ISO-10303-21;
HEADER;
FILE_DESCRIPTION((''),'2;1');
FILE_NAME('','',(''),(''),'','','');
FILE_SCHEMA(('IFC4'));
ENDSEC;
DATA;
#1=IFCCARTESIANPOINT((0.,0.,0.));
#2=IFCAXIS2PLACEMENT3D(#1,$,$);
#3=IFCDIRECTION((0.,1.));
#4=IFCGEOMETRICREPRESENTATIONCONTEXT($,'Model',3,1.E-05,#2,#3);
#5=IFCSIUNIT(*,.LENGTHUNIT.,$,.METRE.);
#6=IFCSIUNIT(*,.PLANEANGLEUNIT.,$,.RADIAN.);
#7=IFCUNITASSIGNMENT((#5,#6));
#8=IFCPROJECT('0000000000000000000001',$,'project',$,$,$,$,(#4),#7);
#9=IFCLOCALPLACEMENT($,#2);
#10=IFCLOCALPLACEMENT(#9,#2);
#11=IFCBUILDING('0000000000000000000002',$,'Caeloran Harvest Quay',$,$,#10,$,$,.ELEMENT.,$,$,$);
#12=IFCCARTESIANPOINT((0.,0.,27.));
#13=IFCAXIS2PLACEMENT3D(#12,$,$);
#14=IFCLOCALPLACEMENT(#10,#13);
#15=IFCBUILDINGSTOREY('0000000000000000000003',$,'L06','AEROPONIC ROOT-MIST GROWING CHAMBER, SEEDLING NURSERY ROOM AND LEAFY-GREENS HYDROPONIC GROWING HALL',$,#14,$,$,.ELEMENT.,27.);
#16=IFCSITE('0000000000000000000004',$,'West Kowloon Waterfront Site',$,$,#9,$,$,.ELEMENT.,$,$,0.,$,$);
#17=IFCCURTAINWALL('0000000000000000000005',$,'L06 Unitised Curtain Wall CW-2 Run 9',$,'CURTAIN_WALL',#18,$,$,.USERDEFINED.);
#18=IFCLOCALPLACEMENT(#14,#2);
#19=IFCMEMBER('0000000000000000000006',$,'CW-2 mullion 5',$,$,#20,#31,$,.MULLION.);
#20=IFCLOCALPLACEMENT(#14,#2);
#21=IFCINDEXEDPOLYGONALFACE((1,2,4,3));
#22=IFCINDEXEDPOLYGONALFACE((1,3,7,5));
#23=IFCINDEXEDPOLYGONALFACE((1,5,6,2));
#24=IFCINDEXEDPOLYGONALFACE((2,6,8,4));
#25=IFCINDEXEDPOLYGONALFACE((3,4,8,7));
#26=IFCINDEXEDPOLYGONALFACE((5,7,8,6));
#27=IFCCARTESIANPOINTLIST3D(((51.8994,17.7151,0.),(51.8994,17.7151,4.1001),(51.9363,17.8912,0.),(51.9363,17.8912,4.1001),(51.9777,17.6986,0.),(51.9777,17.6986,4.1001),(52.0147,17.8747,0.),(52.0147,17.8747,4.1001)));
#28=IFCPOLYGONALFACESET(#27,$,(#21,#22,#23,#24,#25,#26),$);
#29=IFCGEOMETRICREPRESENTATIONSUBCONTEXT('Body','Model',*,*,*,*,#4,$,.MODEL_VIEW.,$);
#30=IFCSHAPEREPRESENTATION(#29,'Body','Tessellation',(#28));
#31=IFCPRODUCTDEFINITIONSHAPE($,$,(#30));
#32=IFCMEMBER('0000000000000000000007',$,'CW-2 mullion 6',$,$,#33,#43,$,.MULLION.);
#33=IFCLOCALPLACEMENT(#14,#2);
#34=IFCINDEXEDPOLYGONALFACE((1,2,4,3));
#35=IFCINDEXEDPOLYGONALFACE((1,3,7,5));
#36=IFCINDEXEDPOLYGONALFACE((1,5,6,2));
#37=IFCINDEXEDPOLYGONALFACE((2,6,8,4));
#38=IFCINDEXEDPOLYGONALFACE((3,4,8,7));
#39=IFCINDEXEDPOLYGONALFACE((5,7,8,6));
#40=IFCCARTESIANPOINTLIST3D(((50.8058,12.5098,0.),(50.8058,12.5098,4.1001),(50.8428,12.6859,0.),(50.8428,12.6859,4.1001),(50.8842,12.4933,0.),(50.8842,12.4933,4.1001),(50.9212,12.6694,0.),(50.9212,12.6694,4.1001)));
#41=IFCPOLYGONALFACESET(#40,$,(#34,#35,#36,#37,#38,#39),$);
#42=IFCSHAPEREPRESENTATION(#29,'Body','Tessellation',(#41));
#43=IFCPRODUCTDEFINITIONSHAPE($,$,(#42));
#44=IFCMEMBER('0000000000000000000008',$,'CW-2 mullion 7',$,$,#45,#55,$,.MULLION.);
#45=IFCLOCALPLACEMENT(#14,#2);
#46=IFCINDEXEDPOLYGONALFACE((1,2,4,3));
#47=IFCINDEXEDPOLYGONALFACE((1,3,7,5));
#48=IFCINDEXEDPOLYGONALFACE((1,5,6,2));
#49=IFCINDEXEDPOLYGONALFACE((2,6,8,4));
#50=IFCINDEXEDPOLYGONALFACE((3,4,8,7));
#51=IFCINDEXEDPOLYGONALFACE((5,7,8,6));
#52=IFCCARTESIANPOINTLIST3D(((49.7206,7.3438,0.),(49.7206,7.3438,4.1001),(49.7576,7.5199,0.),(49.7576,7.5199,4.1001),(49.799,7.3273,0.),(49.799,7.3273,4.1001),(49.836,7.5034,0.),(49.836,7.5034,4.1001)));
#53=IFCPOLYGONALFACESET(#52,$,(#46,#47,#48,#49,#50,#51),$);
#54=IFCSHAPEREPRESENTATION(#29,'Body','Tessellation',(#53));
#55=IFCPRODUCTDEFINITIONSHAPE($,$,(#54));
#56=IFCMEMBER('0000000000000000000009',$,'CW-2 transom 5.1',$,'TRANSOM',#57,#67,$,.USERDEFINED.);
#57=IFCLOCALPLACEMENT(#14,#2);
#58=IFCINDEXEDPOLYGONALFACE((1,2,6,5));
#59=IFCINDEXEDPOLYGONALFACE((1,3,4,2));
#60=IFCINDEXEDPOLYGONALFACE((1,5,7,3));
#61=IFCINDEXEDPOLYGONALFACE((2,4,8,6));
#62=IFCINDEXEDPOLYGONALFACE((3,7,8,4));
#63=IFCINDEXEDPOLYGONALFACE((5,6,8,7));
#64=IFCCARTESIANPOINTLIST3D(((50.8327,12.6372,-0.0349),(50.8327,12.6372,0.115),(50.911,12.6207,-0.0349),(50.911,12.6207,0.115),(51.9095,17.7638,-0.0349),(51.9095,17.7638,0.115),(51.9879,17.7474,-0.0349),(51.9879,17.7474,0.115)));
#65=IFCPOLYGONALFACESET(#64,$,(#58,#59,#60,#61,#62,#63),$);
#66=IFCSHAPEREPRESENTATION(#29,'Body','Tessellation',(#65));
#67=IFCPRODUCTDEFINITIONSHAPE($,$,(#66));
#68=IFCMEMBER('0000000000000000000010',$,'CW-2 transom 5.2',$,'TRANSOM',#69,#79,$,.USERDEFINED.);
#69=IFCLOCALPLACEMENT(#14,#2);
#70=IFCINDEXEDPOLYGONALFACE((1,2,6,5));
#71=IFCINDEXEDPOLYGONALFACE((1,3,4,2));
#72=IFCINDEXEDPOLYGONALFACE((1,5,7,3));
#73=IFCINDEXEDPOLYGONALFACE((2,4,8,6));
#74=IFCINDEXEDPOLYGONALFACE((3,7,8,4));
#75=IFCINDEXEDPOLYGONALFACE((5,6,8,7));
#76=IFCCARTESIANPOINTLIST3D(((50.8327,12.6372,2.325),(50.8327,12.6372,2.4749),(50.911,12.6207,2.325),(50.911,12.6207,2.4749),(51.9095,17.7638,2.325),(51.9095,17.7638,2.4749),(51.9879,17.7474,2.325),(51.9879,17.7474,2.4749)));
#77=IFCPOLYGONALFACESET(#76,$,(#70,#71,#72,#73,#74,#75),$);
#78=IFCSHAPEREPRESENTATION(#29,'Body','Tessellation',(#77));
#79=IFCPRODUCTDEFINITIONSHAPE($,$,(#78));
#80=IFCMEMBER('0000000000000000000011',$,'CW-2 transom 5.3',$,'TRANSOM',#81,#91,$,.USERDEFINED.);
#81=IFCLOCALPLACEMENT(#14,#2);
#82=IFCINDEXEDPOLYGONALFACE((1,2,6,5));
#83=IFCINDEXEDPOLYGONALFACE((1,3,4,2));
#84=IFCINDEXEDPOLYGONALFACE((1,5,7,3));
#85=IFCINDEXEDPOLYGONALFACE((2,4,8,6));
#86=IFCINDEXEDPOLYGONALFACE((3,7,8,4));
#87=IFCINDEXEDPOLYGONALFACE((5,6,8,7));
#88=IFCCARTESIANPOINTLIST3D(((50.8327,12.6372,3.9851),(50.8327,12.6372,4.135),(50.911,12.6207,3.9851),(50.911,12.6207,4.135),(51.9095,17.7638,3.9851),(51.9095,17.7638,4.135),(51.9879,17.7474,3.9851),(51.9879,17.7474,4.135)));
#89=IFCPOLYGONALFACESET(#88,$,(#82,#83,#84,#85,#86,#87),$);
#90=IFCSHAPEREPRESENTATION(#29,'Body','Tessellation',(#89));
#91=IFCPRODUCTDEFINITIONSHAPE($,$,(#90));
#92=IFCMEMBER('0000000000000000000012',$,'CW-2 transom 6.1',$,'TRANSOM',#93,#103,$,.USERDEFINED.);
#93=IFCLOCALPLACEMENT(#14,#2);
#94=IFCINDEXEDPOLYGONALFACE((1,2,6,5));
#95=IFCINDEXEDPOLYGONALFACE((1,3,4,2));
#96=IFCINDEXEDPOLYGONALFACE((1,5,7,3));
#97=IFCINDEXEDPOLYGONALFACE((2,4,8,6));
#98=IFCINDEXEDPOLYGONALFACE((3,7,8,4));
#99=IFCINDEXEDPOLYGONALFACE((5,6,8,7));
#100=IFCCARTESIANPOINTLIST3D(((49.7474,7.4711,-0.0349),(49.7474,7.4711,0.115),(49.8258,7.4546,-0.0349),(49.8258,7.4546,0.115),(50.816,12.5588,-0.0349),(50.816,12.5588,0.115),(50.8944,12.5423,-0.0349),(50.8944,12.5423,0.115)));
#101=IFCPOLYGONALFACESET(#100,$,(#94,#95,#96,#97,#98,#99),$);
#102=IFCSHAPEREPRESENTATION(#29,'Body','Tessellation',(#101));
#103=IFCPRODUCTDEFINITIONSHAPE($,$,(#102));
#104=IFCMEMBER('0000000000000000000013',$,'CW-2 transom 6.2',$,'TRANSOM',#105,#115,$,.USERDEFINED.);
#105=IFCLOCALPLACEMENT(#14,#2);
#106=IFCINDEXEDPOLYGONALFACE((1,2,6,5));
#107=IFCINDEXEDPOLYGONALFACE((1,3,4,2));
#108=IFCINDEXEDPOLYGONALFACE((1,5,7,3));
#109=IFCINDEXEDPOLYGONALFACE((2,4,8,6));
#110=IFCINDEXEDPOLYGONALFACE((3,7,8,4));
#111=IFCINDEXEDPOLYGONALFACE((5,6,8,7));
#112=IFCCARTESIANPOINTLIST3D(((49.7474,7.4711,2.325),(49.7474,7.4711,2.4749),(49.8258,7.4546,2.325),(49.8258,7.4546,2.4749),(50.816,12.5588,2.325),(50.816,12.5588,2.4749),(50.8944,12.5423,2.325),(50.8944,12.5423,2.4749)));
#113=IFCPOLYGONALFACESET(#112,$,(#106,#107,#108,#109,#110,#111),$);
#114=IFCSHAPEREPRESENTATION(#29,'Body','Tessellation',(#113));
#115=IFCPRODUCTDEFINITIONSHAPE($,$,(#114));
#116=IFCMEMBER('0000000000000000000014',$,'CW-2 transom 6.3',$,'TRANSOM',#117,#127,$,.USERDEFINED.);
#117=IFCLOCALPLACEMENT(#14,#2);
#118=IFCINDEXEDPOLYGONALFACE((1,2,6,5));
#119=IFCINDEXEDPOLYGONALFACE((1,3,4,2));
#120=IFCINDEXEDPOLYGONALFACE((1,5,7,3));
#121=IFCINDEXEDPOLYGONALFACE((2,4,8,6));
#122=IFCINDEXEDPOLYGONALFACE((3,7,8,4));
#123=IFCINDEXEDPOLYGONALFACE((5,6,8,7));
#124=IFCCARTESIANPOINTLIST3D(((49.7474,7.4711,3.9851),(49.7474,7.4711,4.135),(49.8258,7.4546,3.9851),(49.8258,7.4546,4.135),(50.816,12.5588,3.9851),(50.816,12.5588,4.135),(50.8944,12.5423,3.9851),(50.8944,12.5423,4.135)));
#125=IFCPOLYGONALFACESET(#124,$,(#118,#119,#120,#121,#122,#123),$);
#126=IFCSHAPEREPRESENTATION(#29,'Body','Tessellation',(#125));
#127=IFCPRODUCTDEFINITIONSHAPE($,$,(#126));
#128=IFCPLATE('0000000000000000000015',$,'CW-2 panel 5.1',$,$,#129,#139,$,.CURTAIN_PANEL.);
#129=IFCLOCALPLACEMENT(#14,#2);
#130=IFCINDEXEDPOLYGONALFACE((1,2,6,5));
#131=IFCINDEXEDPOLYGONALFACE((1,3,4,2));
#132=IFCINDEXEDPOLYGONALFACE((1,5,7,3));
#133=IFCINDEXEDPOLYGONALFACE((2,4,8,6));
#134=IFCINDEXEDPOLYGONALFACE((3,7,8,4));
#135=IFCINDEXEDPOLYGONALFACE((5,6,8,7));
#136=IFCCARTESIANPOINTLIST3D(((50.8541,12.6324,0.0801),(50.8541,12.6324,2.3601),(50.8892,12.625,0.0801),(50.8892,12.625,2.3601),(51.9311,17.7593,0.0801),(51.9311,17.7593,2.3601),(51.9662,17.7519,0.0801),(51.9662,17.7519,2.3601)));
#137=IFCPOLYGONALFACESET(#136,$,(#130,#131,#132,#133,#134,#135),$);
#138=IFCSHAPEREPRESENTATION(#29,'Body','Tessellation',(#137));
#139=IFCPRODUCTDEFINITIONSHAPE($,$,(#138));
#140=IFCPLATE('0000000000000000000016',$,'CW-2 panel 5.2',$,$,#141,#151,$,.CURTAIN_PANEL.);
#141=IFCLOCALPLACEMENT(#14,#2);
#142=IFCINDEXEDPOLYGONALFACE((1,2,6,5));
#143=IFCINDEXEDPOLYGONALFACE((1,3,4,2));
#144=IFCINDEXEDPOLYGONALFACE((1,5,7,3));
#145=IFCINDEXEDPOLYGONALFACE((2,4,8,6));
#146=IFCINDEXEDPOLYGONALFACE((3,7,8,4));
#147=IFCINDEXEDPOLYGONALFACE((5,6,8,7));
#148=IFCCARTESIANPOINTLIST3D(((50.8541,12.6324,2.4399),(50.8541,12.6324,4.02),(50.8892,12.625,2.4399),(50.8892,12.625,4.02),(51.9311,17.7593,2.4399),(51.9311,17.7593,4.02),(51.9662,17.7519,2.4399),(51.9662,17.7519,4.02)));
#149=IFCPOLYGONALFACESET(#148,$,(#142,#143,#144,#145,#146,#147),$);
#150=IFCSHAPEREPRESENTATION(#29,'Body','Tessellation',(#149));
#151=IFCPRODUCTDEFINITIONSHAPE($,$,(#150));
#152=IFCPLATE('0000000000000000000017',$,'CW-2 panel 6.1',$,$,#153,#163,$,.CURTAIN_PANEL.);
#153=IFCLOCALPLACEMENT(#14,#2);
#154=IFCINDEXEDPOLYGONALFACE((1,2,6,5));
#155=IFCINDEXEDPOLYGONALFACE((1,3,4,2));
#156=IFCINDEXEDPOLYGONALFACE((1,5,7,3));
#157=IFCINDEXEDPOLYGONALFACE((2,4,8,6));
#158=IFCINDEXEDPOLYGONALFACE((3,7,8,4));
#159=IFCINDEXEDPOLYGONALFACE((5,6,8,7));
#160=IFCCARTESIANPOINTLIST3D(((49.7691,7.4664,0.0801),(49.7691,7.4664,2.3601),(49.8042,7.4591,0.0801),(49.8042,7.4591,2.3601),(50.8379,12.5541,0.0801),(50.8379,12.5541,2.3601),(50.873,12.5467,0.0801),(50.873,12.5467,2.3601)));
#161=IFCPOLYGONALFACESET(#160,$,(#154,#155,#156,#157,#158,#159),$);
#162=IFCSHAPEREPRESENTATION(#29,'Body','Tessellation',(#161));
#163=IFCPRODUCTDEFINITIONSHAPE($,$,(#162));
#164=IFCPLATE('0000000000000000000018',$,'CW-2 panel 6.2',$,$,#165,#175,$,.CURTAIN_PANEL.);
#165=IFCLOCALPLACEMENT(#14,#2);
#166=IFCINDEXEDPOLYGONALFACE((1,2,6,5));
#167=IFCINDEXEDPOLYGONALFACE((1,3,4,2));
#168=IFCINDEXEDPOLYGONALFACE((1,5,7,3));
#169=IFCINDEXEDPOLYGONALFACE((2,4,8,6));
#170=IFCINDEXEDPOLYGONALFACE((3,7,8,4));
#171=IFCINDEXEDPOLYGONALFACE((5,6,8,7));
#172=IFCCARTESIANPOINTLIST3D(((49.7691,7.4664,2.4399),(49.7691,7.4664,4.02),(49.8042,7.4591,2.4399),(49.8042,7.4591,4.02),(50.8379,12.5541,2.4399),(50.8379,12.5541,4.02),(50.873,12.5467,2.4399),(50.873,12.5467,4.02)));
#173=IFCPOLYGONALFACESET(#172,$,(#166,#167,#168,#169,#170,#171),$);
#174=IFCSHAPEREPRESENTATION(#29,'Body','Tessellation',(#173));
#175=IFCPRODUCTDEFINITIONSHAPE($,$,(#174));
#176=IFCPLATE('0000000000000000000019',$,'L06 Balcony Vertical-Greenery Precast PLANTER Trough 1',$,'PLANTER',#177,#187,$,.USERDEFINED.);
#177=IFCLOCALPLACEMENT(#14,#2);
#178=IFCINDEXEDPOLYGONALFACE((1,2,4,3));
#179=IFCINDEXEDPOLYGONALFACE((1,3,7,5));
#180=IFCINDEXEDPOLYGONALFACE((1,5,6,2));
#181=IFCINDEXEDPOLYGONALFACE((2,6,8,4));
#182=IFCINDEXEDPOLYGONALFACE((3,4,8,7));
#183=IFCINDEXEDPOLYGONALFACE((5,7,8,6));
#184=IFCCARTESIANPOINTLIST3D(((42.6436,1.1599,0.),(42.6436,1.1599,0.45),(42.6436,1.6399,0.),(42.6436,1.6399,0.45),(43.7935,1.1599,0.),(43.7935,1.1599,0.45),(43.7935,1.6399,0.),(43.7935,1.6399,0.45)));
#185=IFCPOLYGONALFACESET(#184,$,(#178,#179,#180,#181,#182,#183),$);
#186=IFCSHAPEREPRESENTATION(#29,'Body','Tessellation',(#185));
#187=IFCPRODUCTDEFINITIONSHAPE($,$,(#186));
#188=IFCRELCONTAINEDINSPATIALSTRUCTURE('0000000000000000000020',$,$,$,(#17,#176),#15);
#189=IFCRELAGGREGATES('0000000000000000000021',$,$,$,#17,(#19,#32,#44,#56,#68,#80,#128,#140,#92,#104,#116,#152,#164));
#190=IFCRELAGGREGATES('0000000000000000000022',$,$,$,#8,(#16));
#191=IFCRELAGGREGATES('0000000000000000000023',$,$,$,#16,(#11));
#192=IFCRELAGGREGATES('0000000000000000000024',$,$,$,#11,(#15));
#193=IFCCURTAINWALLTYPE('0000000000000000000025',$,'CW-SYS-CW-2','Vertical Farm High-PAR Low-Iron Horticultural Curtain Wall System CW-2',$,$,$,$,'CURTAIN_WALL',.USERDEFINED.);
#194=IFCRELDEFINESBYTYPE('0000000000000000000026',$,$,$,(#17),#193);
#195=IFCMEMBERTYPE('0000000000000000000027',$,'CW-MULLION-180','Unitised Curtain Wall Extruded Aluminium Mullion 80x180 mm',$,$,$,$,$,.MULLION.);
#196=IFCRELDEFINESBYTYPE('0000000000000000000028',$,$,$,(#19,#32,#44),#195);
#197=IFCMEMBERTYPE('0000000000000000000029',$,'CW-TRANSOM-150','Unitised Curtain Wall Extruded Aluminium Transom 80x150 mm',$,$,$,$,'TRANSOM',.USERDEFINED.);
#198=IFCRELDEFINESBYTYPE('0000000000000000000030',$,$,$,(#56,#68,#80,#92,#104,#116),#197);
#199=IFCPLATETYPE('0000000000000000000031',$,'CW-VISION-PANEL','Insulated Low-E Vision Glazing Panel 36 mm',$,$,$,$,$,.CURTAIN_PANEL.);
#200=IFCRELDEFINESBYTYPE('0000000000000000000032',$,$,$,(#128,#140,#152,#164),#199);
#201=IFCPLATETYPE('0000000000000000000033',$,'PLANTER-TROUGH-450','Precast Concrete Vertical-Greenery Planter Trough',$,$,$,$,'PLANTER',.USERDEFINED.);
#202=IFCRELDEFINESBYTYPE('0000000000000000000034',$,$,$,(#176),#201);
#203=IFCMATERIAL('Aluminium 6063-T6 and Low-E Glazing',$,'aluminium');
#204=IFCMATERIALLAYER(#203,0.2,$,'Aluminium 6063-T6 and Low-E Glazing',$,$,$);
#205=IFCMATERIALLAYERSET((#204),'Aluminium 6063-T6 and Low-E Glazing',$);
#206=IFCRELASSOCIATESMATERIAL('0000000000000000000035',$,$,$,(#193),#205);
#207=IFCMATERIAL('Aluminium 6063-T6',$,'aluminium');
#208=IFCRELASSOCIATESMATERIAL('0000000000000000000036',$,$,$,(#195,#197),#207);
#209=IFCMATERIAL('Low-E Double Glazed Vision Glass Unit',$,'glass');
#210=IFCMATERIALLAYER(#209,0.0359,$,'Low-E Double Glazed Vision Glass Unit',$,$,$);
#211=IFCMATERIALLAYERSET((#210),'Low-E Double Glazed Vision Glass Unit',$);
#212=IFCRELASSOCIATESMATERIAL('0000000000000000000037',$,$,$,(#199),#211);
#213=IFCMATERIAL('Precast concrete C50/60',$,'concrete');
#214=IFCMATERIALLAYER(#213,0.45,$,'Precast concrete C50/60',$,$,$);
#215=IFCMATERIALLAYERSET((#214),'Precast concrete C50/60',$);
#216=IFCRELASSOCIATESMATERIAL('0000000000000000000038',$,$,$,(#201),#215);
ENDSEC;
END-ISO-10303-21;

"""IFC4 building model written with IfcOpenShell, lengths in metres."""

from ifc_helpers import new_model, si_unit, direction, frame, origin, origin_2d, place, context, subcontext, project, spatial, rectangle, extrude, material, layer, layer_set, material_profile, profile_set, type_object, element, aggregate, save


model = new_model("IFC4")

# Units and contexts
model_context = context("Model", 3, precision=1e-05, world=origin(), true_north=direction((0.0, 1.0)))
body_context = subcontext(model_context, "Body", "Model", "MODEL_VIEW")
ifc_project = project(units=[si_unit("LENGTHUNIT", "METRE"), si_unit("PLANEANGLEUNIT", "RADIAN")], contexts=[model_context])

# Site, building, storey
site_placement = place(None, origin())
site = spatial("IfcSite", under=ifc_project, at=site_placement, Name="West Kowloon Waterfront Site", CompositionType="ELEMENT", RefElevation=0.0)
building_placement = place(site_placement, origin())
building = spatial("IfcBuilding", under=site, at=building_placement, Name="Caeloran Harvest Quay", CompositionType="ELEMENT")
storey_placement = place(building_placement, frame((0.0, 0.0, 27.0)))
storey = spatial("IfcBuildingStorey", under=building, at=storey_placement, Name="L06", Description="AEROPONIC ROOT-MIST GROWING CHAMBER, SEEDLING NURSERY ROOM AND LEAFY-GREENS HYDROPONIC GROWING HALL", CompositionType="ELEMENT", Elevation=27.0)

# Curtain wall, members, plates
ifc_material_1 = material(Name="Aluminium 6063-T6 and Low-E Glazing", Category="aluminium")
ifc_layer_1 = layer(ifc_material_1, 0.2, Name="Aluminium 6063-T6 and Low-E Glazing")
ifc_layer_set_1 = layer_set([ifc_layer_1], Name="Aluminium 6063-T6 and Low-E Glazing")
curtain_wall_type = type_object("IfcCurtainWallType", Name="CW-SYS-CW-2", Description="Vertical Farm High-PAR Low-Iron Horticultural Curtain Wall System CW-2", ElementType="CURTAIN_WALL", PredefinedType="USERDEFINED", material=ifc_layer_set_1)
curtain_wall_placement = place(storey_placement, origin())
curtain_wall = element("IfcCurtainWall", 1, at=curtain_wall_placement, inside=storey, type_object=curtain_wall_type, Name="L06 Unitised Curtain Wall CW-2 Run 9", ObjectType="CURTAIN_WALL", PredefinedType="USERDEFINED")
ifc_material_2 = material(Name="Aluminium 6063-T6", Category="aluminium")
ifc_material_profile_1 = material_profile(ifc_material_2, rectangle(XDim=0.0801, YDim=0.1799, at=origin_2d()), Name="CW-MULLION-180")
ifc_profile_set_1 = profile_set([ifc_material_profile_1], Name="Aluminium 6063-T6")
member_type_1 = type_object("IfcMemberType", Name="CW-MULLION-180", Description="Unitised Curtain Wall Extruded Aluminium Mullion 80x180 mm", PredefinedType="MULLION", material=ifc_profile_set_1)
member_1_placement = place(storey_placement, frame((51.957, 17.7949, 0.0), z_axis=(0.0, 0.0, 1.0), x_axis=(0.97864, -0.205583, 0.0)))
member_1 = element("IfcMember", 2, at=member_1_placement, type_object=member_type_1, Name="CW-2 mullion 5", PredefinedType="MULLION", context=body_context, shape_type="SweptSolid", body=[
    extrude(rectangle(XDim=0.0801, YDim=0.1799, at=origin_2d()), origin(), (0.0, 0.0, 1.0), 4.1001),
])
member_2_placement = place(storey_placement, frame((50.8635, 12.5896, 0.0), z_axis=(0.0, 0.0, 1.0), x_axis=(0.97864, -0.205583, 0.0)))
member_2 = element("IfcMember", 3, at=member_2_placement, type_object=member_type_1, Name="CW-2 mullion 6", PredefinedType="MULLION", context=body_context, shape_type="SweptSolid", body=[
    extrude(rectangle(XDim=0.0801, YDim=0.1799, at=origin_2d()), origin(), (0.0, 0.0, 1.0), 4.1001),
])
member_3_placement = place(storey_placement, frame((49.7783, 7.4236, 0.0), z_axis=(0.0, 0.0, 1.0), x_axis=(0.97864, -0.205583, 0.0)))
member_3 = element("IfcMember", 4, at=member_3_placement, type_object=member_type_1, Name="CW-2 mullion 7", PredefinedType="MULLION", context=body_context, shape_type="SweptSolid", body=[
    extrude(rectangle(XDim=0.0801, YDim=0.1799, at=origin_2d()), origin(), (0.0, 0.0, 1.0), 4.1001),
])
ifc_material_profile_2 = material_profile(ifc_material_2, rectangle(XDim=0.0801, YDim=0.1499, at=origin_2d()), Name="CW-TRANSOM-150")
ifc_profile_set_2 = profile_set([ifc_material_profile_2], Name="Aluminium 6063-T6")
member_type_2 = type_object("IfcMemberType", Name="CW-TRANSOM-150", Description="Unitised Curtain Wall Extruded Aluminium Transom 80x150 mm", ElementType="TRANSOM", PredefinedType="USERDEFINED", material=ifc_profile_set_2)
member_4_placement = place(storey_placement, frame((51.9487, 17.7556, 0.04), z_axis=(-0.205571, -0.978642, 0.0), x_axis=(0.978642, -0.205571, 0.0)))
member_4 = element("IfcMember", 5, at=member_4_placement, type_object=member_type_2, Name="CW-2 transom 5.1", ObjectType="TRANSOM", PredefinedType="USERDEFINED", context=body_context, shape_type="SweptSolid", body=[
    extrude(rectangle(XDim=0.0801, YDim=0.1499, at=origin_2d()), origin(), (0.0, 0.0, 1.0), 5.2385),
])
member_5_placement = place(storey_placement, frame((51.9487, 17.7556, 2.3999), z_axis=(-0.205571, -0.978642, 0.0), x_axis=(0.978642, -0.205571, 0.0)))
member_5 = element("IfcMember", 6, at=member_5_placement, type_object=member_type_2, Name="CW-2 transom 5.2", ObjectType="TRANSOM", PredefinedType="USERDEFINED", context=body_context, shape_type="SweptSolid", body=[
    extrude(rectangle(XDim=0.0801, YDim=0.1499, at=origin_2d()), origin(), (0.0, 0.0, 1.0), 5.2385),
])
member_6_placement = place(storey_placement, frame((51.9487, 17.7556, 4.0601), z_axis=(-0.205571, -0.978642, 0.0), x_axis=(0.978642, -0.205571, 0.0)))
member_6 = element("IfcMember", 7, at=member_6_placement, type_object=member_type_2, Name="CW-2 transom 5.3", ObjectType="TRANSOM", PredefinedType="USERDEFINED", context=body_context, shape_type="SweptSolid", body=[
    extrude(rectangle(XDim=0.0801, YDim=0.1499, at=origin_2d()), origin(), (0.0, 0.0, 1.0), 5.2385),
])
member_7_placement = place(storey_placement, frame((50.8552, 12.5505, 0.04), z_axis=(-0.205554, -0.978646, 0.0), x_axis=(0.978646, -0.205554, 0.0)))
member_7 = element("IfcMember", 8, at=member_7_placement, type_object=member_type_2, Name="CW-2 transom 6.1", ObjectType="TRANSOM", PredefinedType="USERDEFINED", context=body_context, shape_type="SweptSolid", body=[
    extrude(rectangle(XDim=0.0801, YDim=0.1499, at=origin_2d()), origin(), (0.0, 0.0, 1.0), 5.1987),
])
member_8_placement = place(storey_placement, frame((50.8552, 12.5505, 2.3999), z_axis=(-0.205554, -0.978646, 0.0), x_axis=(0.978646, -0.205554, 0.0)))
member_8 = element("IfcMember", 9, at=member_8_placement, type_object=member_type_2, Name="CW-2 transom 6.2", ObjectType="TRANSOM", PredefinedType="USERDEFINED", context=body_context, shape_type="SweptSolid", body=[
    extrude(rectangle(XDim=0.0801, YDim=0.1499, at=origin_2d()), origin(), (0.0, 0.0, 1.0), 5.1987),
])
member_9_placement = place(storey_placement, frame((50.8552, 12.5505, 4.0601), z_axis=(-0.205554, -0.978646, 0.0), x_axis=(0.978646, -0.205554, 0.0)))
member_9 = element("IfcMember", 10, at=member_9_placement, type_object=member_type_2, Name="CW-2 transom 6.3", ObjectType="TRANSOM", PredefinedType="USERDEFINED", context=body_context, shape_type="SweptSolid", body=[
    extrude(rectangle(XDim=0.0801, YDim=0.1499, at=origin_2d()), origin(), (0.0, 0.0, 1.0), 5.1987),
])
ifc_material_3 = material(Name="Low-E Double Glazed Vision Glass Unit", Category="glass")
ifc_layer_2 = layer(ifc_material_3, 0.0359, Name="Low-E Double Glazed Vision Glass Unit")
ifc_layer_set_2 = layer_set([ifc_layer_2], Name="Low-E Double Glazed Vision Glass Unit")
plate_type_1 = type_object("IfcPlateType", Name="CW-VISION-PANEL", Description="Insulated Low-E Vision Glazing Panel 36 mm", PredefinedType="CURTAIN_PANEL", material=ifc_layer_set_2)
plate_1_placement = place(storey_placement, frame((51.4102, 15.1921, 0.0801), z_axis=(0.0, 0.0, 1.0), x_axis=(-0.205583, -0.97864, 0.0)))
plate_1 = element("IfcPlate", 11, at=plate_1_placement, type_object=plate_type_1, Name="CW-2 panel 5.1", PredefinedType="CURTAIN_PANEL", context=body_context, shape_type="SweptSolid", body=[
    extrude(rectangle(XDim=5.2388, YDim=0.0359, at=origin_2d()), origin(), (0.0, 0.0, 1.0), 2.28),
])
plate_2_placement = place(storey_placement, frame((51.4102, 15.1921, 2.4399), z_axis=(0.0, 0.0, 1.0), x_axis=(-0.205583, -0.97864, 0.0)))
plate_2 = element("IfcPlate", 12, at=plate_2_placement, type_object=plate_type_1, Name="CW-2 panel 5.2", PredefinedType="CURTAIN_PANEL", context=body_context, shape_type="SweptSolid", body=[
    extrude(rectangle(XDim=5.2388, YDim=0.0359, at=origin_2d()), origin(), (0.0, 0.0, 1.0), 1.5801),
])
plate_3_placement = place(storey_placement, frame((50.321, 10.0066, 0.0801), z_axis=(0.0, 0.0, 1.0), x_axis=(-0.205583, -0.97864, 0.0)))
plate_3 = element("IfcPlate", 13, at=plate_3_placement, type_object=plate_type_1, Name="CW-2 panel 6.1", PredefinedType="CURTAIN_PANEL", context=body_context, shape_type="SweptSolid", body=[
    extrude(rectangle(XDim=5.1987, YDim=0.0359, at=origin_2d()), origin(), (0.0, 0.0, 1.0), 2.28),
])
plate_4_placement = place(storey_placement, frame((50.321, 10.0066, 2.4399), z_axis=(0.0, 0.0, 1.0), x_axis=(-0.205583, -0.97864, 0.0)))
plate_4 = element("IfcPlate", 14, at=plate_4_placement, type_object=plate_type_1, Name="CW-2 panel 6.2", PredefinedType="CURTAIN_PANEL", context=body_context, shape_type="SweptSolid", body=[
    extrude(rectangle(XDim=5.1987, YDim=0.0359, at=origin_2d()), origin(), (0.0, 0.0, 1.0), 1.5801),
])
aggregate(curtain_wall, [member_1, member_2, member_3, member_4, member_5, member_6, plate_1, plate_2, member_7, member_8, member_9, plate_3, plate_4])

# Plate
ifc_material_4 = material(Name="Precast concrete C50/60", Category="concrete")
ifc_layer_3 = layer(ifc_material_4, 0.45, Name="Precast concrete C50/60")
ifc_layer_set_3 = layer_set([ifc_layer_3], Name="Precast concrete C50/60")
plate_type_2 = type_object("IfcPlateType", Name="PLANTER-TROUGH-450", Description="Precast Concrete Vertical-Greenery Planter Trough", ElementType="PLANTER", PredefinedType="USERDEFINED", material=ifc_layer_set_3)
plate_5_placement = place(storey_placement, frame((43.2185, 1.3999, 0.0), z_axis=(0.0, 0.0, 1.0), x_axis=(1.0, 0.0, 0.0)))
element("IfcPlate", 15, at=plate_5_placement, inside=storey, type_object=plate_type_2, Name="L06 Balcony Vertical-Greenery Precast PLANTER Trough 1", ObjectType="PLANTER", PredefinedType="USERDEFINED", context=body_context, shape_type="SweptSolid", body=[
    extrude(rectangle(XDim=1.1499, YDim=0.48, at=origin_2d()), origin(), (0.0, 0.0, 1.0), 0.45),
])

save(model, "model.ifc")
